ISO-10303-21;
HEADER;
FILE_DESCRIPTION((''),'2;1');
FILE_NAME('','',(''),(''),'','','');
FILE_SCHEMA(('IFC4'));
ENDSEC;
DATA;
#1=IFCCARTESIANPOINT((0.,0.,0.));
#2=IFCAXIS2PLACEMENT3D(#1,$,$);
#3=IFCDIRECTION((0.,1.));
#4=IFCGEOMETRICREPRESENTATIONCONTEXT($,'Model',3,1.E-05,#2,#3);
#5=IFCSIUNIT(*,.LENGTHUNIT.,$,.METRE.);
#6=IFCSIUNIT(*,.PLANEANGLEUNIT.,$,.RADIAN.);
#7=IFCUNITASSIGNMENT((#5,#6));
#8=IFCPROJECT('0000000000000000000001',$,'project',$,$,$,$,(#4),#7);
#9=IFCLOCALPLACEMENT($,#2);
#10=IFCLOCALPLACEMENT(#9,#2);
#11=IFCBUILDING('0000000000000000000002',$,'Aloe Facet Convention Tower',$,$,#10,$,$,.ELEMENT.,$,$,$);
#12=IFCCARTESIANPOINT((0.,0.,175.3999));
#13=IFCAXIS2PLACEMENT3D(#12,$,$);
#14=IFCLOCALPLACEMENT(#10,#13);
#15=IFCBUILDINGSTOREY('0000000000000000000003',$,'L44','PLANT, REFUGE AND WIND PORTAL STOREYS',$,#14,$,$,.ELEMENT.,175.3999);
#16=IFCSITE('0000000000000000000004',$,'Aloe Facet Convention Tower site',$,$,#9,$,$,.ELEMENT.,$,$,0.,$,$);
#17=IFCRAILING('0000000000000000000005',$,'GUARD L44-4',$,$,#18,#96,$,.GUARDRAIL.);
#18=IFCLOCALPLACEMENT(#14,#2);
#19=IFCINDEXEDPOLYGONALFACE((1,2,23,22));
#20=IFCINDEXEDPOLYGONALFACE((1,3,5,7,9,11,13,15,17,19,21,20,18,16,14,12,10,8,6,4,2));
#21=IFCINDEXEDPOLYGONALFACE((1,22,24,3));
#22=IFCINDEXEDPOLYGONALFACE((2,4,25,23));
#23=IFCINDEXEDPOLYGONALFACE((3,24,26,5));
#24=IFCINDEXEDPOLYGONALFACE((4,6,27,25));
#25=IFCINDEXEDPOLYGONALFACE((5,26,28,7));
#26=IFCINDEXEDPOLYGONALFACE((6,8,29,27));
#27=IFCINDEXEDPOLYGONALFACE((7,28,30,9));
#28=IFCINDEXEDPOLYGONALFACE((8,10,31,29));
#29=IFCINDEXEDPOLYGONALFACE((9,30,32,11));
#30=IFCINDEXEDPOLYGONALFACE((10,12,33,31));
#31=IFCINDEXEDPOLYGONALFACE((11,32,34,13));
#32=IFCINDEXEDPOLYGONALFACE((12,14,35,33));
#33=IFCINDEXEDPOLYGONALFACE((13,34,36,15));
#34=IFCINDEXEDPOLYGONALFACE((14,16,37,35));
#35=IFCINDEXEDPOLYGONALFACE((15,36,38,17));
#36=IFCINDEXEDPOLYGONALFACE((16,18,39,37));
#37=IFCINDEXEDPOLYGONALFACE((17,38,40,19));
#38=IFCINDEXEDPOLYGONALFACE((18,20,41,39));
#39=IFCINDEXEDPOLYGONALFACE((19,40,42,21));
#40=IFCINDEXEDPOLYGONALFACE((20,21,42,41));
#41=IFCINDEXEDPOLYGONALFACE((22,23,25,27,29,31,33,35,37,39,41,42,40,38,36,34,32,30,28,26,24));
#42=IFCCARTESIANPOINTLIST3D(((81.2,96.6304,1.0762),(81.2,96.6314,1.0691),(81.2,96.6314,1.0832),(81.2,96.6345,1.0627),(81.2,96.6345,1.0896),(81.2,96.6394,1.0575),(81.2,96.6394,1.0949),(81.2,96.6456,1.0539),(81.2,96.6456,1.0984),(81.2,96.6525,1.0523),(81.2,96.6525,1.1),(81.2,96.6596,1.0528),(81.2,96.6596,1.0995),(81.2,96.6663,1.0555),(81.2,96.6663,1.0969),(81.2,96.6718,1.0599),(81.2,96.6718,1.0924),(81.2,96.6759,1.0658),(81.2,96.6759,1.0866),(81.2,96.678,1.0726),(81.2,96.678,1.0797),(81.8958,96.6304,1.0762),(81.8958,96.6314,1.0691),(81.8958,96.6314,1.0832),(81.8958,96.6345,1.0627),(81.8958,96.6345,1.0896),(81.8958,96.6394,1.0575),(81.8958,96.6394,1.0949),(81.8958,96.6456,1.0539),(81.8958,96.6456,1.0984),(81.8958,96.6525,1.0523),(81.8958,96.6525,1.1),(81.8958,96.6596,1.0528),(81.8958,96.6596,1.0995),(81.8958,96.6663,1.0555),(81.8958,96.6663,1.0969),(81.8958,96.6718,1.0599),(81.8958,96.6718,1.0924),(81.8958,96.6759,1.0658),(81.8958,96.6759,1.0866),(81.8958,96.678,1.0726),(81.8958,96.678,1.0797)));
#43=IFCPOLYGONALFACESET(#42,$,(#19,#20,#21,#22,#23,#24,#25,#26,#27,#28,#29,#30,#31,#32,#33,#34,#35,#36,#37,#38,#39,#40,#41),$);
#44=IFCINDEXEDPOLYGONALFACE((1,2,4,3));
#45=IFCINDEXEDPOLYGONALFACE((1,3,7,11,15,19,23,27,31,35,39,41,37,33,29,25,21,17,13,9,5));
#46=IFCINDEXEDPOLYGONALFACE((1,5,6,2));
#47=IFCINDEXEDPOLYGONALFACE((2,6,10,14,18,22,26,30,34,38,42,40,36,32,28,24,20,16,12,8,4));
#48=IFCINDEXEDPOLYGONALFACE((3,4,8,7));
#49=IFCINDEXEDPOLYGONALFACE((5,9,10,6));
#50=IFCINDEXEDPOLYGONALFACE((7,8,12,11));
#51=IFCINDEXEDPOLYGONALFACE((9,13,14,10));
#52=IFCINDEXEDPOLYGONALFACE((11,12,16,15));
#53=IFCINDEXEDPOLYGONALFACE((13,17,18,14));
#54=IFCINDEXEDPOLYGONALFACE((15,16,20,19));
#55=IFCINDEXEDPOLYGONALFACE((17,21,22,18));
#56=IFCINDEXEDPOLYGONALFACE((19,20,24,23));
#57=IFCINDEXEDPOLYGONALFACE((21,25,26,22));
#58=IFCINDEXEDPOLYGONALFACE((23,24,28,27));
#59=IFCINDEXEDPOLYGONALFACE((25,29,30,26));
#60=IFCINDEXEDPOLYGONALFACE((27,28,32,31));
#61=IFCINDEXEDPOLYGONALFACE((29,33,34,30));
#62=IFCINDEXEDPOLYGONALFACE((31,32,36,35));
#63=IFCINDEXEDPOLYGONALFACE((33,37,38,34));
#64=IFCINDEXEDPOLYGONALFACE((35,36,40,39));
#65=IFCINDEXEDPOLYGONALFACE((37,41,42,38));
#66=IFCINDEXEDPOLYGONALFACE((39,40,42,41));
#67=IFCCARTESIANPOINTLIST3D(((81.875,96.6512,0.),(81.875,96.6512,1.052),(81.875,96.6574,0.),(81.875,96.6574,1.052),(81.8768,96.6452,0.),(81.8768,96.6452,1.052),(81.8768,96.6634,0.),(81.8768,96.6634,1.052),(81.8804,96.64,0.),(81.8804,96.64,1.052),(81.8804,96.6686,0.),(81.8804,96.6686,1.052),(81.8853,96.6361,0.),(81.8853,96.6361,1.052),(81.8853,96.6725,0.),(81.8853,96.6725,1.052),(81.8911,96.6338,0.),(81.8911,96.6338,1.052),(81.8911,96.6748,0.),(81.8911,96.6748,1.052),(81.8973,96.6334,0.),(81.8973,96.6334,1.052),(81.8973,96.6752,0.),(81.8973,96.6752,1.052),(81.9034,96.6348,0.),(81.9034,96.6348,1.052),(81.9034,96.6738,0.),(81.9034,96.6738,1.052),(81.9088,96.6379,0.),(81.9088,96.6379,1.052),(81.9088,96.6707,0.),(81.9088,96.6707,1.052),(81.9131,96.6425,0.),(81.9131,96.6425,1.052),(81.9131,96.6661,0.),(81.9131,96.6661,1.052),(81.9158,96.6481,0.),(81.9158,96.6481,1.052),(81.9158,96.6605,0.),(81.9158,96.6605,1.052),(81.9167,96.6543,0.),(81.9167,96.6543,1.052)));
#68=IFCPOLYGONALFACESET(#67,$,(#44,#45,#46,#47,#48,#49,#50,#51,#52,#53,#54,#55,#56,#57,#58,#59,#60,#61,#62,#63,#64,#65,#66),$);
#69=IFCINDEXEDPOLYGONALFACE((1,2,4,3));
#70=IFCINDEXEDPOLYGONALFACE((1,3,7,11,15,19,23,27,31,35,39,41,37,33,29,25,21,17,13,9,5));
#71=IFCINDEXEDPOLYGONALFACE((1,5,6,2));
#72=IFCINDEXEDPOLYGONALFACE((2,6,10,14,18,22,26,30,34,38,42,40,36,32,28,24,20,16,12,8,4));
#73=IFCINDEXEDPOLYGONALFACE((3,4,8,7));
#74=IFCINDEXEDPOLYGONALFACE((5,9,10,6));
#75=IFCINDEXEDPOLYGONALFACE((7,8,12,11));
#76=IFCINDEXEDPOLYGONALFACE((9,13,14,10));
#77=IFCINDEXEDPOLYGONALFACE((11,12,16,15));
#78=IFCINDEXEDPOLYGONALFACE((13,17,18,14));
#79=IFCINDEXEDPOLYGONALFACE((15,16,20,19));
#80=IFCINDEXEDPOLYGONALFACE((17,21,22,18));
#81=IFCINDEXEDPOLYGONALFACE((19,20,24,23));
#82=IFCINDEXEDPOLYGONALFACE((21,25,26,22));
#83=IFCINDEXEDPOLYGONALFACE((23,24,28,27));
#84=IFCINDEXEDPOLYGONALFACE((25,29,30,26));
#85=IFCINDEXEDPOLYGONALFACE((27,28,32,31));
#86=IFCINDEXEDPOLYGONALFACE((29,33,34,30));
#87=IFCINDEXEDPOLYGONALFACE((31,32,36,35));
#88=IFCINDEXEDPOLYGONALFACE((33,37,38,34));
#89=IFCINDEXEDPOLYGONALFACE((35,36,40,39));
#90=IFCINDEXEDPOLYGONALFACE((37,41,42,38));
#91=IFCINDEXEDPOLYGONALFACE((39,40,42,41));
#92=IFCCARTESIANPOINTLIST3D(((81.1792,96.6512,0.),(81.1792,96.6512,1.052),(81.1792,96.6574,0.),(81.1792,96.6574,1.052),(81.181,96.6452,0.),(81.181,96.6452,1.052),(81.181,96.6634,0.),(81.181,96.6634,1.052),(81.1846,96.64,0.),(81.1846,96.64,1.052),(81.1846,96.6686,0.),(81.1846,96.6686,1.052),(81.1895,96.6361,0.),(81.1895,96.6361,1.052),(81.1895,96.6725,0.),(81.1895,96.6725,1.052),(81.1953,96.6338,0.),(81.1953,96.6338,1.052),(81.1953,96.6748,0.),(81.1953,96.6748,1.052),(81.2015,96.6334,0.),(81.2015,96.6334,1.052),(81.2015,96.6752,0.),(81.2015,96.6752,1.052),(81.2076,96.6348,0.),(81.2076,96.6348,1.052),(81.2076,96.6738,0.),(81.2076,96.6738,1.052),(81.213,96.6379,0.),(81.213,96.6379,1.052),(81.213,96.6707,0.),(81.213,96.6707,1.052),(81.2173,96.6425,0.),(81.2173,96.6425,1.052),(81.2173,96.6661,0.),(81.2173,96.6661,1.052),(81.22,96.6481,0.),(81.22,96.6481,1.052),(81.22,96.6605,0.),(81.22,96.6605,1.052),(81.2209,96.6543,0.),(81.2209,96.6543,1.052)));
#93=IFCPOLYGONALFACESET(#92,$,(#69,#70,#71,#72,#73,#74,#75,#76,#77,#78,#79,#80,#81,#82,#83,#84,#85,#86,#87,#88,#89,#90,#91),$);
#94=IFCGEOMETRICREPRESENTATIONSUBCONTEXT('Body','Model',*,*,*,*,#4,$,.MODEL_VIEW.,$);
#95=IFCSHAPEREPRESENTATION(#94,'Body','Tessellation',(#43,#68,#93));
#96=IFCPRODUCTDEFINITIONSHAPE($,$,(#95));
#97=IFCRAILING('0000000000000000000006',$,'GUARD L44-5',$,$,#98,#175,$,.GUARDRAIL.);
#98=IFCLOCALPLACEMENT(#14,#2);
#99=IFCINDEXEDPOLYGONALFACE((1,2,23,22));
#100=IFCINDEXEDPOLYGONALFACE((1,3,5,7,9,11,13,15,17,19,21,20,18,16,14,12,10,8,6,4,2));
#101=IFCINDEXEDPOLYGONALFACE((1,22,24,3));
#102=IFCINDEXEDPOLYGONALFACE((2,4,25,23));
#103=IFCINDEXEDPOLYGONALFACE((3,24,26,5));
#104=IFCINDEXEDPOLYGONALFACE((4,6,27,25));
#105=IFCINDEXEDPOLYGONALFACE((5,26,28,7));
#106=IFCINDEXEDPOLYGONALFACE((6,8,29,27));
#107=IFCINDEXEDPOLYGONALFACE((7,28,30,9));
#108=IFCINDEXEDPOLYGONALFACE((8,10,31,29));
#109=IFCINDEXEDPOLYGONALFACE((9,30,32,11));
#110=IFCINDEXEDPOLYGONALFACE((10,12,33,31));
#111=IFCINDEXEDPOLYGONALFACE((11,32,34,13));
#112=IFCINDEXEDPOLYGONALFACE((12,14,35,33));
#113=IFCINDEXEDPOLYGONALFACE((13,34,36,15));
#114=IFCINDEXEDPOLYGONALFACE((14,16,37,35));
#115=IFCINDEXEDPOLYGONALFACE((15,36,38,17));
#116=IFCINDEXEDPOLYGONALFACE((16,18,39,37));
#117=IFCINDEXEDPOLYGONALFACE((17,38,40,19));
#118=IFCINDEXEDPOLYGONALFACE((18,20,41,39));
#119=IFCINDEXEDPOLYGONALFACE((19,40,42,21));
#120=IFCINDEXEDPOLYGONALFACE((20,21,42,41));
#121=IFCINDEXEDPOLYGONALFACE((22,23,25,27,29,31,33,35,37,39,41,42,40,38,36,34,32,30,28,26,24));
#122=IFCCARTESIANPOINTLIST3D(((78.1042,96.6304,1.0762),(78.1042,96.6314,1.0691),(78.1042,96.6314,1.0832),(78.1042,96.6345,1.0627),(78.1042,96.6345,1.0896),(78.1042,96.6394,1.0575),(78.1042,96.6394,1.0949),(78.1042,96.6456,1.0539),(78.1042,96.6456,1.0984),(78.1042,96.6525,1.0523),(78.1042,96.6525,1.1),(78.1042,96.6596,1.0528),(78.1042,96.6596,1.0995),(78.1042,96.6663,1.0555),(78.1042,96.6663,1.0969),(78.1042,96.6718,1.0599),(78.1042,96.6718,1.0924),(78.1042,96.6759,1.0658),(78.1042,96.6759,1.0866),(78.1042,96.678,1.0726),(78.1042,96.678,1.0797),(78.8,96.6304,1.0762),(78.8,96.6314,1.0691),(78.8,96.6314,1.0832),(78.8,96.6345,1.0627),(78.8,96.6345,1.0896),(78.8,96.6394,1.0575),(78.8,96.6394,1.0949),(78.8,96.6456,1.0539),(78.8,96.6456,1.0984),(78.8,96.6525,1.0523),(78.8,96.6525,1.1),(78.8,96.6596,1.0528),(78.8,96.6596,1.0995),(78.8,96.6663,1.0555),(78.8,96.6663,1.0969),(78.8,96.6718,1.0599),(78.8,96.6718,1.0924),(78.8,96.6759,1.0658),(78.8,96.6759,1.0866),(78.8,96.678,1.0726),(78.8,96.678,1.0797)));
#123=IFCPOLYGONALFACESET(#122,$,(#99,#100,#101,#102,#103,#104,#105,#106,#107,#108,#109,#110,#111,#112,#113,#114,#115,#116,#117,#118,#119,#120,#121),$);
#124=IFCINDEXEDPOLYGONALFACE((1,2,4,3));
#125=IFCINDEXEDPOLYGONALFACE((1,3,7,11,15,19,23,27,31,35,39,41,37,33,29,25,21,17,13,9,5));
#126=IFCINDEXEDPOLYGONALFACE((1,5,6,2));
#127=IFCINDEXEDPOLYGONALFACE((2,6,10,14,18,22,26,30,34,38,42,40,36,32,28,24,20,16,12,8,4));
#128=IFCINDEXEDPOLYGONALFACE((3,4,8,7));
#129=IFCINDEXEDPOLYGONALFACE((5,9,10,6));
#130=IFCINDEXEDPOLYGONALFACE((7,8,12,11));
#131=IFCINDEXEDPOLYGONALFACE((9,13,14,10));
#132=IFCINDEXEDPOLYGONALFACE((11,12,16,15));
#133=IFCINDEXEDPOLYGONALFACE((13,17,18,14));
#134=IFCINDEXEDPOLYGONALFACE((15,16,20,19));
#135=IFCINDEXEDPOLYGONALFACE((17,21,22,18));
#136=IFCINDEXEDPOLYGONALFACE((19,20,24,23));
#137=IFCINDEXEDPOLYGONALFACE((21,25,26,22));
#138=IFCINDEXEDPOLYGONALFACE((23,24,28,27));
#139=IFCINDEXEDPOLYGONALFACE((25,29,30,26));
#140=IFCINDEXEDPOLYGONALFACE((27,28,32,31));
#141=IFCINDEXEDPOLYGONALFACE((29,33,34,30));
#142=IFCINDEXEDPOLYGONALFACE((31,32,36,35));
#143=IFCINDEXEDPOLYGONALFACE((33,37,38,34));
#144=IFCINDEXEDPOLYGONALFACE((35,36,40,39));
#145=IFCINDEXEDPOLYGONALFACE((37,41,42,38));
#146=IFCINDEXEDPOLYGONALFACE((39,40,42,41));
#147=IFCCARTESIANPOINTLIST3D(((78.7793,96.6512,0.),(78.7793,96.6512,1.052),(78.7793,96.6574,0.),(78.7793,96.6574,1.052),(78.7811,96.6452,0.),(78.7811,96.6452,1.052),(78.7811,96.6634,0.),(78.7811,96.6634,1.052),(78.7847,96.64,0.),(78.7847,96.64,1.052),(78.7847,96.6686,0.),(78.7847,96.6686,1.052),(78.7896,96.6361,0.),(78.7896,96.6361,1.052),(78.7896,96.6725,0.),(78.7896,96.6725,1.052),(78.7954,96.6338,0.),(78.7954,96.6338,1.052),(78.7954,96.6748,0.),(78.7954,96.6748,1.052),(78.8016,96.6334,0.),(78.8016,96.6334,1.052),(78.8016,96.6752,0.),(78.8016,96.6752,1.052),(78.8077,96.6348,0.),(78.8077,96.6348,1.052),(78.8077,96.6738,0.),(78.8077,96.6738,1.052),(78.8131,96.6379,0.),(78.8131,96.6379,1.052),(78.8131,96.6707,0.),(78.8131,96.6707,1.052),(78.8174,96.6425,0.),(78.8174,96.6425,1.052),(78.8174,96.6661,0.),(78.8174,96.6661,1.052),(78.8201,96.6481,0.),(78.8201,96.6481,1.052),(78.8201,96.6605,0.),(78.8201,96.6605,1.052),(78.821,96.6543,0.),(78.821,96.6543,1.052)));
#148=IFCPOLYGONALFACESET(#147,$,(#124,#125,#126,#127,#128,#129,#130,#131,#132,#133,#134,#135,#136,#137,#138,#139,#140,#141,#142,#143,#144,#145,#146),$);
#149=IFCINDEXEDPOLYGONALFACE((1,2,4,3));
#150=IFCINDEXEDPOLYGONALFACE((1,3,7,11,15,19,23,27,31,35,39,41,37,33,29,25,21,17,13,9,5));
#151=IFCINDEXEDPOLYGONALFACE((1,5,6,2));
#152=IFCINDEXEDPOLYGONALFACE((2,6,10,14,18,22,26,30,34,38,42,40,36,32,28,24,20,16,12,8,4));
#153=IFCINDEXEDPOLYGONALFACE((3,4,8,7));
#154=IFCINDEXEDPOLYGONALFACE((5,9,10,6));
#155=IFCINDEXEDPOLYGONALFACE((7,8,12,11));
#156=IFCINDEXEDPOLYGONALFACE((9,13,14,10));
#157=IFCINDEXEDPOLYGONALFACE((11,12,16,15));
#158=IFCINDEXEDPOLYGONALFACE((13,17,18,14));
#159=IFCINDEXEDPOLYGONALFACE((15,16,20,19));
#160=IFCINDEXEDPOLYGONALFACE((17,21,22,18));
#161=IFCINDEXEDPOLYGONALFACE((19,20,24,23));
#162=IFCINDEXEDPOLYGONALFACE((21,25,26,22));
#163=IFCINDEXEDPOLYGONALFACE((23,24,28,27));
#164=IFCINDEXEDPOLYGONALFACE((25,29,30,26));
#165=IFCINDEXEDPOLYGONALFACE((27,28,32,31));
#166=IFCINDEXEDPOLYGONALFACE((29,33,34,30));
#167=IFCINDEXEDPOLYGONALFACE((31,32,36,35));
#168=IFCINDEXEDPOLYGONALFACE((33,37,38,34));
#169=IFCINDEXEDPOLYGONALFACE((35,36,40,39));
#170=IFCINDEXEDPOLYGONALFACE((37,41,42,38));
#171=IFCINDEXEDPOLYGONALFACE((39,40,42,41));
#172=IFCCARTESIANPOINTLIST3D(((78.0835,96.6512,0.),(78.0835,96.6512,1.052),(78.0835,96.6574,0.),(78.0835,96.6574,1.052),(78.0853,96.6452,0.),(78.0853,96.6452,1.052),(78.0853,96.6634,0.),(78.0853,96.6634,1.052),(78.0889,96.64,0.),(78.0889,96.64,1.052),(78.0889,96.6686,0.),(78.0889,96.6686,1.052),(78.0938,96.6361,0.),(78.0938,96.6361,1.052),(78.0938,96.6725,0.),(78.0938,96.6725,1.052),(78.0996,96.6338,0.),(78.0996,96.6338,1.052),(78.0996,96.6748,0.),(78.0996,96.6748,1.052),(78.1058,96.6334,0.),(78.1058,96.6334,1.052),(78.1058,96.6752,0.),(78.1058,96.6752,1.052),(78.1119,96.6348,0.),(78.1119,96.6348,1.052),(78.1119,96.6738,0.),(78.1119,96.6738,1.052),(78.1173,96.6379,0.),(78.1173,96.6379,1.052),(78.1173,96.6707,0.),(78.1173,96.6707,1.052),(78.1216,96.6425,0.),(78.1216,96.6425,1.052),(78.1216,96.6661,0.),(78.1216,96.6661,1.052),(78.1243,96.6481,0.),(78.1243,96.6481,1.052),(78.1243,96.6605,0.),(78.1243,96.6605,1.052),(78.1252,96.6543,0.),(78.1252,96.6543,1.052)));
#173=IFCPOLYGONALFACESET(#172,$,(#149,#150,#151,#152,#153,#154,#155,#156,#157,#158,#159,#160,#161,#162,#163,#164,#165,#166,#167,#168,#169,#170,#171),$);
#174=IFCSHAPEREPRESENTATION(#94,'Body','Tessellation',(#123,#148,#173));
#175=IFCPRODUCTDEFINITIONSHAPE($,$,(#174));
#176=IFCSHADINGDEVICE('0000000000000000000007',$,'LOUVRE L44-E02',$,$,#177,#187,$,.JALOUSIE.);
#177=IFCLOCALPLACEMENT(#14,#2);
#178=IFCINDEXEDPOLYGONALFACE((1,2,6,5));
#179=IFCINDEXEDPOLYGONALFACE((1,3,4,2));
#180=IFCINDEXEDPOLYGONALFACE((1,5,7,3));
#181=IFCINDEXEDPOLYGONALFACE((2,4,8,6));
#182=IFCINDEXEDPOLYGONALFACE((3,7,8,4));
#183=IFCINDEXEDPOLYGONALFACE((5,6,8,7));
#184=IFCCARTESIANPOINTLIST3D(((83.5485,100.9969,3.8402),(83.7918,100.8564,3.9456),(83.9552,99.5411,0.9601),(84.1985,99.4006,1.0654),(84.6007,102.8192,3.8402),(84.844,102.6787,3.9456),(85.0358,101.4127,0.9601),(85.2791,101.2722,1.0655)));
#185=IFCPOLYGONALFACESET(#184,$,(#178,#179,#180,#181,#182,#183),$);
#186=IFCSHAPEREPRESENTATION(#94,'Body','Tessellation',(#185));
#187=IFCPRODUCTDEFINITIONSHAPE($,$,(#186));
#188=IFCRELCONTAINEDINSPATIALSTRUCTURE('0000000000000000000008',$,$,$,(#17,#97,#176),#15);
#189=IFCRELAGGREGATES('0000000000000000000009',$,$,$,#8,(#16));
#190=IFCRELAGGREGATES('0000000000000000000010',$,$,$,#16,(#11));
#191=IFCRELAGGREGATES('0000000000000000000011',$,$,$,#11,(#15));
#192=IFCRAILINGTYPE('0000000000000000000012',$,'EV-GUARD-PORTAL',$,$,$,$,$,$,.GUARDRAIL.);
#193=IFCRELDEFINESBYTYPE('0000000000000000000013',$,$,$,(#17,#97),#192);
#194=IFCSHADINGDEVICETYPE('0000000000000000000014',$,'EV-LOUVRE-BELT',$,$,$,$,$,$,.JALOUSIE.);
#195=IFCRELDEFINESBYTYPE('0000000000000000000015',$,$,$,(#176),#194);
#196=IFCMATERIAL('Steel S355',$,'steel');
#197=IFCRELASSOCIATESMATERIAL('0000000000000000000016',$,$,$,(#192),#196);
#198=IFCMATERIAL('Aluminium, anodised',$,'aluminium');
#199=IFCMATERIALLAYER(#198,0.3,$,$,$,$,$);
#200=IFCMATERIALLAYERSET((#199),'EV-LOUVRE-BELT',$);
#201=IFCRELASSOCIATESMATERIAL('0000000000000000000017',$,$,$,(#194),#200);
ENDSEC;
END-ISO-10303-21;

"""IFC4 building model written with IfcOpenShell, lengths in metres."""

from ifc_helpers import new_model, si_unit, direction, frame, origin, origin_2d, place, context, subcontext, project, spatial, polyline, circle, outline, extrude, material, layer, layer_set, type_object, element, save


model = new_model("IFC4")

# Units and contexts
model_context = context("Model", 3, precision=1e-05, world=origin(), true_north=direction((0.0, 1.0)))
body_context = subcontext(model_context, "Body", "Model", "MODEL_VIEW")
ifc_project = project(units=[si_unit("LENGTHUNIT", "METRE"), si_unit("PLANEANGLEUNIT", "RADIAN")], contexts=[model_context])

# Site, building, storey
site_placement = place(None, origin())
site = spatial("IfcSite", under=ifc_project, at=site_placement, Name="Aloe Facet Convention Tower site", CompositionType="ELEMENT", RefElevation=0.0)
building_placement = place(site_placement, origin())
building = spatial("IfcBuilding", under=site, at=building_placement, Name="Aloe Facet Convention Tower", CompositionType="ELEMENT")
storey_placement = place(building_placement, frame((0.0, 0.0, 175.3999)))
storey = spatial("IfcBuildingStorey", under=building, at=storey_placement, Name="L44", Description="PLANT, REFUGE AND WIND PORTAL STOREYS", CompositionType="ELEMENT", Elevation=175.3999)

# Railings
ifc_material_1 = material(Name="Steel S355", Category="steel")
railing_type = type_object("IfcRailingType", Name="EV-GUARD-PORTAL", PredefinedType="GUARDRAIL", material=ifc_material_1)
for number, where, name in (
    (1, (81.8958, 96.6543, 0.0), "GUARD L44-4"),
    (2, (78.8, 96.6543, 0.0), "GUARD L44-5"),
):
    element("IfcRailing", number, at=place(storey_placement, frame(where)), inside=storey, type_object=railing_type, Name=name, PredefinedType="GUARDRAIL", context=body_context, shape_type="SweptSolid", body=[
        extrude(circle(Radius=0.0239, at=origin_2d()), frame((0.0, 0.0, 1.0762), z_axis=(-1.0, 0.0, 0.0), x_axis=(0.0, -1.0, 0.0)), (0.0, 0.0, 1.0), 0.6958),
        extrude(circle(Radius=0.021, at=origin_2d()), origin(), (0.0, 0.0, 1.0), 1.052),
        extrude(circle(Radius=0.021, at=origin_2d()), frame((-0.6958, 0.0, 0.0)), (0.0, 0.0, 1.0), 1.052),
    ])

# Shading device
ifc_material_2 = material(Name="Aluminium, anodised", Category="aluminium")
ifc_layer_1 = layer(ifc_material_2, 0.3)
ifc_layer_set_1 = layer_set([ifc_layer_1], Name="EV-LOUVRE-BELT")
shading_device_type = type_object("IfcShadingDeviceType", Name="EV-LOUVRE-BELT", PredefinedType="JALOUSIE", material=ifc_layer_set_1)
shading_device_placement = place(storey_placement, frame((84.1985, 99.4006, 1.0654), z_axis=(0.810862, -0.468188, 0.351144), x_axis=(0.500026, 0.86601, 0.00001)))
element("IfcShadingDevice", 3, at=shading_device_placement, inside=storey, type_object=shading_device_type, Name="LOUVRE L44-E02", PredefinedType="JALOUSIE", context=body_context, shape_type="SweptSolid", body=[
    extrude(outline(polyline([(0.0, 0.0), (2.1611, 0.0), (3.1616, 3.076), (1.0574, 3.076), (0.0, 0.0)])), origin(), (0.0, 0.0, -1.0), 0.3),
])

save(model, "model.ifc")
